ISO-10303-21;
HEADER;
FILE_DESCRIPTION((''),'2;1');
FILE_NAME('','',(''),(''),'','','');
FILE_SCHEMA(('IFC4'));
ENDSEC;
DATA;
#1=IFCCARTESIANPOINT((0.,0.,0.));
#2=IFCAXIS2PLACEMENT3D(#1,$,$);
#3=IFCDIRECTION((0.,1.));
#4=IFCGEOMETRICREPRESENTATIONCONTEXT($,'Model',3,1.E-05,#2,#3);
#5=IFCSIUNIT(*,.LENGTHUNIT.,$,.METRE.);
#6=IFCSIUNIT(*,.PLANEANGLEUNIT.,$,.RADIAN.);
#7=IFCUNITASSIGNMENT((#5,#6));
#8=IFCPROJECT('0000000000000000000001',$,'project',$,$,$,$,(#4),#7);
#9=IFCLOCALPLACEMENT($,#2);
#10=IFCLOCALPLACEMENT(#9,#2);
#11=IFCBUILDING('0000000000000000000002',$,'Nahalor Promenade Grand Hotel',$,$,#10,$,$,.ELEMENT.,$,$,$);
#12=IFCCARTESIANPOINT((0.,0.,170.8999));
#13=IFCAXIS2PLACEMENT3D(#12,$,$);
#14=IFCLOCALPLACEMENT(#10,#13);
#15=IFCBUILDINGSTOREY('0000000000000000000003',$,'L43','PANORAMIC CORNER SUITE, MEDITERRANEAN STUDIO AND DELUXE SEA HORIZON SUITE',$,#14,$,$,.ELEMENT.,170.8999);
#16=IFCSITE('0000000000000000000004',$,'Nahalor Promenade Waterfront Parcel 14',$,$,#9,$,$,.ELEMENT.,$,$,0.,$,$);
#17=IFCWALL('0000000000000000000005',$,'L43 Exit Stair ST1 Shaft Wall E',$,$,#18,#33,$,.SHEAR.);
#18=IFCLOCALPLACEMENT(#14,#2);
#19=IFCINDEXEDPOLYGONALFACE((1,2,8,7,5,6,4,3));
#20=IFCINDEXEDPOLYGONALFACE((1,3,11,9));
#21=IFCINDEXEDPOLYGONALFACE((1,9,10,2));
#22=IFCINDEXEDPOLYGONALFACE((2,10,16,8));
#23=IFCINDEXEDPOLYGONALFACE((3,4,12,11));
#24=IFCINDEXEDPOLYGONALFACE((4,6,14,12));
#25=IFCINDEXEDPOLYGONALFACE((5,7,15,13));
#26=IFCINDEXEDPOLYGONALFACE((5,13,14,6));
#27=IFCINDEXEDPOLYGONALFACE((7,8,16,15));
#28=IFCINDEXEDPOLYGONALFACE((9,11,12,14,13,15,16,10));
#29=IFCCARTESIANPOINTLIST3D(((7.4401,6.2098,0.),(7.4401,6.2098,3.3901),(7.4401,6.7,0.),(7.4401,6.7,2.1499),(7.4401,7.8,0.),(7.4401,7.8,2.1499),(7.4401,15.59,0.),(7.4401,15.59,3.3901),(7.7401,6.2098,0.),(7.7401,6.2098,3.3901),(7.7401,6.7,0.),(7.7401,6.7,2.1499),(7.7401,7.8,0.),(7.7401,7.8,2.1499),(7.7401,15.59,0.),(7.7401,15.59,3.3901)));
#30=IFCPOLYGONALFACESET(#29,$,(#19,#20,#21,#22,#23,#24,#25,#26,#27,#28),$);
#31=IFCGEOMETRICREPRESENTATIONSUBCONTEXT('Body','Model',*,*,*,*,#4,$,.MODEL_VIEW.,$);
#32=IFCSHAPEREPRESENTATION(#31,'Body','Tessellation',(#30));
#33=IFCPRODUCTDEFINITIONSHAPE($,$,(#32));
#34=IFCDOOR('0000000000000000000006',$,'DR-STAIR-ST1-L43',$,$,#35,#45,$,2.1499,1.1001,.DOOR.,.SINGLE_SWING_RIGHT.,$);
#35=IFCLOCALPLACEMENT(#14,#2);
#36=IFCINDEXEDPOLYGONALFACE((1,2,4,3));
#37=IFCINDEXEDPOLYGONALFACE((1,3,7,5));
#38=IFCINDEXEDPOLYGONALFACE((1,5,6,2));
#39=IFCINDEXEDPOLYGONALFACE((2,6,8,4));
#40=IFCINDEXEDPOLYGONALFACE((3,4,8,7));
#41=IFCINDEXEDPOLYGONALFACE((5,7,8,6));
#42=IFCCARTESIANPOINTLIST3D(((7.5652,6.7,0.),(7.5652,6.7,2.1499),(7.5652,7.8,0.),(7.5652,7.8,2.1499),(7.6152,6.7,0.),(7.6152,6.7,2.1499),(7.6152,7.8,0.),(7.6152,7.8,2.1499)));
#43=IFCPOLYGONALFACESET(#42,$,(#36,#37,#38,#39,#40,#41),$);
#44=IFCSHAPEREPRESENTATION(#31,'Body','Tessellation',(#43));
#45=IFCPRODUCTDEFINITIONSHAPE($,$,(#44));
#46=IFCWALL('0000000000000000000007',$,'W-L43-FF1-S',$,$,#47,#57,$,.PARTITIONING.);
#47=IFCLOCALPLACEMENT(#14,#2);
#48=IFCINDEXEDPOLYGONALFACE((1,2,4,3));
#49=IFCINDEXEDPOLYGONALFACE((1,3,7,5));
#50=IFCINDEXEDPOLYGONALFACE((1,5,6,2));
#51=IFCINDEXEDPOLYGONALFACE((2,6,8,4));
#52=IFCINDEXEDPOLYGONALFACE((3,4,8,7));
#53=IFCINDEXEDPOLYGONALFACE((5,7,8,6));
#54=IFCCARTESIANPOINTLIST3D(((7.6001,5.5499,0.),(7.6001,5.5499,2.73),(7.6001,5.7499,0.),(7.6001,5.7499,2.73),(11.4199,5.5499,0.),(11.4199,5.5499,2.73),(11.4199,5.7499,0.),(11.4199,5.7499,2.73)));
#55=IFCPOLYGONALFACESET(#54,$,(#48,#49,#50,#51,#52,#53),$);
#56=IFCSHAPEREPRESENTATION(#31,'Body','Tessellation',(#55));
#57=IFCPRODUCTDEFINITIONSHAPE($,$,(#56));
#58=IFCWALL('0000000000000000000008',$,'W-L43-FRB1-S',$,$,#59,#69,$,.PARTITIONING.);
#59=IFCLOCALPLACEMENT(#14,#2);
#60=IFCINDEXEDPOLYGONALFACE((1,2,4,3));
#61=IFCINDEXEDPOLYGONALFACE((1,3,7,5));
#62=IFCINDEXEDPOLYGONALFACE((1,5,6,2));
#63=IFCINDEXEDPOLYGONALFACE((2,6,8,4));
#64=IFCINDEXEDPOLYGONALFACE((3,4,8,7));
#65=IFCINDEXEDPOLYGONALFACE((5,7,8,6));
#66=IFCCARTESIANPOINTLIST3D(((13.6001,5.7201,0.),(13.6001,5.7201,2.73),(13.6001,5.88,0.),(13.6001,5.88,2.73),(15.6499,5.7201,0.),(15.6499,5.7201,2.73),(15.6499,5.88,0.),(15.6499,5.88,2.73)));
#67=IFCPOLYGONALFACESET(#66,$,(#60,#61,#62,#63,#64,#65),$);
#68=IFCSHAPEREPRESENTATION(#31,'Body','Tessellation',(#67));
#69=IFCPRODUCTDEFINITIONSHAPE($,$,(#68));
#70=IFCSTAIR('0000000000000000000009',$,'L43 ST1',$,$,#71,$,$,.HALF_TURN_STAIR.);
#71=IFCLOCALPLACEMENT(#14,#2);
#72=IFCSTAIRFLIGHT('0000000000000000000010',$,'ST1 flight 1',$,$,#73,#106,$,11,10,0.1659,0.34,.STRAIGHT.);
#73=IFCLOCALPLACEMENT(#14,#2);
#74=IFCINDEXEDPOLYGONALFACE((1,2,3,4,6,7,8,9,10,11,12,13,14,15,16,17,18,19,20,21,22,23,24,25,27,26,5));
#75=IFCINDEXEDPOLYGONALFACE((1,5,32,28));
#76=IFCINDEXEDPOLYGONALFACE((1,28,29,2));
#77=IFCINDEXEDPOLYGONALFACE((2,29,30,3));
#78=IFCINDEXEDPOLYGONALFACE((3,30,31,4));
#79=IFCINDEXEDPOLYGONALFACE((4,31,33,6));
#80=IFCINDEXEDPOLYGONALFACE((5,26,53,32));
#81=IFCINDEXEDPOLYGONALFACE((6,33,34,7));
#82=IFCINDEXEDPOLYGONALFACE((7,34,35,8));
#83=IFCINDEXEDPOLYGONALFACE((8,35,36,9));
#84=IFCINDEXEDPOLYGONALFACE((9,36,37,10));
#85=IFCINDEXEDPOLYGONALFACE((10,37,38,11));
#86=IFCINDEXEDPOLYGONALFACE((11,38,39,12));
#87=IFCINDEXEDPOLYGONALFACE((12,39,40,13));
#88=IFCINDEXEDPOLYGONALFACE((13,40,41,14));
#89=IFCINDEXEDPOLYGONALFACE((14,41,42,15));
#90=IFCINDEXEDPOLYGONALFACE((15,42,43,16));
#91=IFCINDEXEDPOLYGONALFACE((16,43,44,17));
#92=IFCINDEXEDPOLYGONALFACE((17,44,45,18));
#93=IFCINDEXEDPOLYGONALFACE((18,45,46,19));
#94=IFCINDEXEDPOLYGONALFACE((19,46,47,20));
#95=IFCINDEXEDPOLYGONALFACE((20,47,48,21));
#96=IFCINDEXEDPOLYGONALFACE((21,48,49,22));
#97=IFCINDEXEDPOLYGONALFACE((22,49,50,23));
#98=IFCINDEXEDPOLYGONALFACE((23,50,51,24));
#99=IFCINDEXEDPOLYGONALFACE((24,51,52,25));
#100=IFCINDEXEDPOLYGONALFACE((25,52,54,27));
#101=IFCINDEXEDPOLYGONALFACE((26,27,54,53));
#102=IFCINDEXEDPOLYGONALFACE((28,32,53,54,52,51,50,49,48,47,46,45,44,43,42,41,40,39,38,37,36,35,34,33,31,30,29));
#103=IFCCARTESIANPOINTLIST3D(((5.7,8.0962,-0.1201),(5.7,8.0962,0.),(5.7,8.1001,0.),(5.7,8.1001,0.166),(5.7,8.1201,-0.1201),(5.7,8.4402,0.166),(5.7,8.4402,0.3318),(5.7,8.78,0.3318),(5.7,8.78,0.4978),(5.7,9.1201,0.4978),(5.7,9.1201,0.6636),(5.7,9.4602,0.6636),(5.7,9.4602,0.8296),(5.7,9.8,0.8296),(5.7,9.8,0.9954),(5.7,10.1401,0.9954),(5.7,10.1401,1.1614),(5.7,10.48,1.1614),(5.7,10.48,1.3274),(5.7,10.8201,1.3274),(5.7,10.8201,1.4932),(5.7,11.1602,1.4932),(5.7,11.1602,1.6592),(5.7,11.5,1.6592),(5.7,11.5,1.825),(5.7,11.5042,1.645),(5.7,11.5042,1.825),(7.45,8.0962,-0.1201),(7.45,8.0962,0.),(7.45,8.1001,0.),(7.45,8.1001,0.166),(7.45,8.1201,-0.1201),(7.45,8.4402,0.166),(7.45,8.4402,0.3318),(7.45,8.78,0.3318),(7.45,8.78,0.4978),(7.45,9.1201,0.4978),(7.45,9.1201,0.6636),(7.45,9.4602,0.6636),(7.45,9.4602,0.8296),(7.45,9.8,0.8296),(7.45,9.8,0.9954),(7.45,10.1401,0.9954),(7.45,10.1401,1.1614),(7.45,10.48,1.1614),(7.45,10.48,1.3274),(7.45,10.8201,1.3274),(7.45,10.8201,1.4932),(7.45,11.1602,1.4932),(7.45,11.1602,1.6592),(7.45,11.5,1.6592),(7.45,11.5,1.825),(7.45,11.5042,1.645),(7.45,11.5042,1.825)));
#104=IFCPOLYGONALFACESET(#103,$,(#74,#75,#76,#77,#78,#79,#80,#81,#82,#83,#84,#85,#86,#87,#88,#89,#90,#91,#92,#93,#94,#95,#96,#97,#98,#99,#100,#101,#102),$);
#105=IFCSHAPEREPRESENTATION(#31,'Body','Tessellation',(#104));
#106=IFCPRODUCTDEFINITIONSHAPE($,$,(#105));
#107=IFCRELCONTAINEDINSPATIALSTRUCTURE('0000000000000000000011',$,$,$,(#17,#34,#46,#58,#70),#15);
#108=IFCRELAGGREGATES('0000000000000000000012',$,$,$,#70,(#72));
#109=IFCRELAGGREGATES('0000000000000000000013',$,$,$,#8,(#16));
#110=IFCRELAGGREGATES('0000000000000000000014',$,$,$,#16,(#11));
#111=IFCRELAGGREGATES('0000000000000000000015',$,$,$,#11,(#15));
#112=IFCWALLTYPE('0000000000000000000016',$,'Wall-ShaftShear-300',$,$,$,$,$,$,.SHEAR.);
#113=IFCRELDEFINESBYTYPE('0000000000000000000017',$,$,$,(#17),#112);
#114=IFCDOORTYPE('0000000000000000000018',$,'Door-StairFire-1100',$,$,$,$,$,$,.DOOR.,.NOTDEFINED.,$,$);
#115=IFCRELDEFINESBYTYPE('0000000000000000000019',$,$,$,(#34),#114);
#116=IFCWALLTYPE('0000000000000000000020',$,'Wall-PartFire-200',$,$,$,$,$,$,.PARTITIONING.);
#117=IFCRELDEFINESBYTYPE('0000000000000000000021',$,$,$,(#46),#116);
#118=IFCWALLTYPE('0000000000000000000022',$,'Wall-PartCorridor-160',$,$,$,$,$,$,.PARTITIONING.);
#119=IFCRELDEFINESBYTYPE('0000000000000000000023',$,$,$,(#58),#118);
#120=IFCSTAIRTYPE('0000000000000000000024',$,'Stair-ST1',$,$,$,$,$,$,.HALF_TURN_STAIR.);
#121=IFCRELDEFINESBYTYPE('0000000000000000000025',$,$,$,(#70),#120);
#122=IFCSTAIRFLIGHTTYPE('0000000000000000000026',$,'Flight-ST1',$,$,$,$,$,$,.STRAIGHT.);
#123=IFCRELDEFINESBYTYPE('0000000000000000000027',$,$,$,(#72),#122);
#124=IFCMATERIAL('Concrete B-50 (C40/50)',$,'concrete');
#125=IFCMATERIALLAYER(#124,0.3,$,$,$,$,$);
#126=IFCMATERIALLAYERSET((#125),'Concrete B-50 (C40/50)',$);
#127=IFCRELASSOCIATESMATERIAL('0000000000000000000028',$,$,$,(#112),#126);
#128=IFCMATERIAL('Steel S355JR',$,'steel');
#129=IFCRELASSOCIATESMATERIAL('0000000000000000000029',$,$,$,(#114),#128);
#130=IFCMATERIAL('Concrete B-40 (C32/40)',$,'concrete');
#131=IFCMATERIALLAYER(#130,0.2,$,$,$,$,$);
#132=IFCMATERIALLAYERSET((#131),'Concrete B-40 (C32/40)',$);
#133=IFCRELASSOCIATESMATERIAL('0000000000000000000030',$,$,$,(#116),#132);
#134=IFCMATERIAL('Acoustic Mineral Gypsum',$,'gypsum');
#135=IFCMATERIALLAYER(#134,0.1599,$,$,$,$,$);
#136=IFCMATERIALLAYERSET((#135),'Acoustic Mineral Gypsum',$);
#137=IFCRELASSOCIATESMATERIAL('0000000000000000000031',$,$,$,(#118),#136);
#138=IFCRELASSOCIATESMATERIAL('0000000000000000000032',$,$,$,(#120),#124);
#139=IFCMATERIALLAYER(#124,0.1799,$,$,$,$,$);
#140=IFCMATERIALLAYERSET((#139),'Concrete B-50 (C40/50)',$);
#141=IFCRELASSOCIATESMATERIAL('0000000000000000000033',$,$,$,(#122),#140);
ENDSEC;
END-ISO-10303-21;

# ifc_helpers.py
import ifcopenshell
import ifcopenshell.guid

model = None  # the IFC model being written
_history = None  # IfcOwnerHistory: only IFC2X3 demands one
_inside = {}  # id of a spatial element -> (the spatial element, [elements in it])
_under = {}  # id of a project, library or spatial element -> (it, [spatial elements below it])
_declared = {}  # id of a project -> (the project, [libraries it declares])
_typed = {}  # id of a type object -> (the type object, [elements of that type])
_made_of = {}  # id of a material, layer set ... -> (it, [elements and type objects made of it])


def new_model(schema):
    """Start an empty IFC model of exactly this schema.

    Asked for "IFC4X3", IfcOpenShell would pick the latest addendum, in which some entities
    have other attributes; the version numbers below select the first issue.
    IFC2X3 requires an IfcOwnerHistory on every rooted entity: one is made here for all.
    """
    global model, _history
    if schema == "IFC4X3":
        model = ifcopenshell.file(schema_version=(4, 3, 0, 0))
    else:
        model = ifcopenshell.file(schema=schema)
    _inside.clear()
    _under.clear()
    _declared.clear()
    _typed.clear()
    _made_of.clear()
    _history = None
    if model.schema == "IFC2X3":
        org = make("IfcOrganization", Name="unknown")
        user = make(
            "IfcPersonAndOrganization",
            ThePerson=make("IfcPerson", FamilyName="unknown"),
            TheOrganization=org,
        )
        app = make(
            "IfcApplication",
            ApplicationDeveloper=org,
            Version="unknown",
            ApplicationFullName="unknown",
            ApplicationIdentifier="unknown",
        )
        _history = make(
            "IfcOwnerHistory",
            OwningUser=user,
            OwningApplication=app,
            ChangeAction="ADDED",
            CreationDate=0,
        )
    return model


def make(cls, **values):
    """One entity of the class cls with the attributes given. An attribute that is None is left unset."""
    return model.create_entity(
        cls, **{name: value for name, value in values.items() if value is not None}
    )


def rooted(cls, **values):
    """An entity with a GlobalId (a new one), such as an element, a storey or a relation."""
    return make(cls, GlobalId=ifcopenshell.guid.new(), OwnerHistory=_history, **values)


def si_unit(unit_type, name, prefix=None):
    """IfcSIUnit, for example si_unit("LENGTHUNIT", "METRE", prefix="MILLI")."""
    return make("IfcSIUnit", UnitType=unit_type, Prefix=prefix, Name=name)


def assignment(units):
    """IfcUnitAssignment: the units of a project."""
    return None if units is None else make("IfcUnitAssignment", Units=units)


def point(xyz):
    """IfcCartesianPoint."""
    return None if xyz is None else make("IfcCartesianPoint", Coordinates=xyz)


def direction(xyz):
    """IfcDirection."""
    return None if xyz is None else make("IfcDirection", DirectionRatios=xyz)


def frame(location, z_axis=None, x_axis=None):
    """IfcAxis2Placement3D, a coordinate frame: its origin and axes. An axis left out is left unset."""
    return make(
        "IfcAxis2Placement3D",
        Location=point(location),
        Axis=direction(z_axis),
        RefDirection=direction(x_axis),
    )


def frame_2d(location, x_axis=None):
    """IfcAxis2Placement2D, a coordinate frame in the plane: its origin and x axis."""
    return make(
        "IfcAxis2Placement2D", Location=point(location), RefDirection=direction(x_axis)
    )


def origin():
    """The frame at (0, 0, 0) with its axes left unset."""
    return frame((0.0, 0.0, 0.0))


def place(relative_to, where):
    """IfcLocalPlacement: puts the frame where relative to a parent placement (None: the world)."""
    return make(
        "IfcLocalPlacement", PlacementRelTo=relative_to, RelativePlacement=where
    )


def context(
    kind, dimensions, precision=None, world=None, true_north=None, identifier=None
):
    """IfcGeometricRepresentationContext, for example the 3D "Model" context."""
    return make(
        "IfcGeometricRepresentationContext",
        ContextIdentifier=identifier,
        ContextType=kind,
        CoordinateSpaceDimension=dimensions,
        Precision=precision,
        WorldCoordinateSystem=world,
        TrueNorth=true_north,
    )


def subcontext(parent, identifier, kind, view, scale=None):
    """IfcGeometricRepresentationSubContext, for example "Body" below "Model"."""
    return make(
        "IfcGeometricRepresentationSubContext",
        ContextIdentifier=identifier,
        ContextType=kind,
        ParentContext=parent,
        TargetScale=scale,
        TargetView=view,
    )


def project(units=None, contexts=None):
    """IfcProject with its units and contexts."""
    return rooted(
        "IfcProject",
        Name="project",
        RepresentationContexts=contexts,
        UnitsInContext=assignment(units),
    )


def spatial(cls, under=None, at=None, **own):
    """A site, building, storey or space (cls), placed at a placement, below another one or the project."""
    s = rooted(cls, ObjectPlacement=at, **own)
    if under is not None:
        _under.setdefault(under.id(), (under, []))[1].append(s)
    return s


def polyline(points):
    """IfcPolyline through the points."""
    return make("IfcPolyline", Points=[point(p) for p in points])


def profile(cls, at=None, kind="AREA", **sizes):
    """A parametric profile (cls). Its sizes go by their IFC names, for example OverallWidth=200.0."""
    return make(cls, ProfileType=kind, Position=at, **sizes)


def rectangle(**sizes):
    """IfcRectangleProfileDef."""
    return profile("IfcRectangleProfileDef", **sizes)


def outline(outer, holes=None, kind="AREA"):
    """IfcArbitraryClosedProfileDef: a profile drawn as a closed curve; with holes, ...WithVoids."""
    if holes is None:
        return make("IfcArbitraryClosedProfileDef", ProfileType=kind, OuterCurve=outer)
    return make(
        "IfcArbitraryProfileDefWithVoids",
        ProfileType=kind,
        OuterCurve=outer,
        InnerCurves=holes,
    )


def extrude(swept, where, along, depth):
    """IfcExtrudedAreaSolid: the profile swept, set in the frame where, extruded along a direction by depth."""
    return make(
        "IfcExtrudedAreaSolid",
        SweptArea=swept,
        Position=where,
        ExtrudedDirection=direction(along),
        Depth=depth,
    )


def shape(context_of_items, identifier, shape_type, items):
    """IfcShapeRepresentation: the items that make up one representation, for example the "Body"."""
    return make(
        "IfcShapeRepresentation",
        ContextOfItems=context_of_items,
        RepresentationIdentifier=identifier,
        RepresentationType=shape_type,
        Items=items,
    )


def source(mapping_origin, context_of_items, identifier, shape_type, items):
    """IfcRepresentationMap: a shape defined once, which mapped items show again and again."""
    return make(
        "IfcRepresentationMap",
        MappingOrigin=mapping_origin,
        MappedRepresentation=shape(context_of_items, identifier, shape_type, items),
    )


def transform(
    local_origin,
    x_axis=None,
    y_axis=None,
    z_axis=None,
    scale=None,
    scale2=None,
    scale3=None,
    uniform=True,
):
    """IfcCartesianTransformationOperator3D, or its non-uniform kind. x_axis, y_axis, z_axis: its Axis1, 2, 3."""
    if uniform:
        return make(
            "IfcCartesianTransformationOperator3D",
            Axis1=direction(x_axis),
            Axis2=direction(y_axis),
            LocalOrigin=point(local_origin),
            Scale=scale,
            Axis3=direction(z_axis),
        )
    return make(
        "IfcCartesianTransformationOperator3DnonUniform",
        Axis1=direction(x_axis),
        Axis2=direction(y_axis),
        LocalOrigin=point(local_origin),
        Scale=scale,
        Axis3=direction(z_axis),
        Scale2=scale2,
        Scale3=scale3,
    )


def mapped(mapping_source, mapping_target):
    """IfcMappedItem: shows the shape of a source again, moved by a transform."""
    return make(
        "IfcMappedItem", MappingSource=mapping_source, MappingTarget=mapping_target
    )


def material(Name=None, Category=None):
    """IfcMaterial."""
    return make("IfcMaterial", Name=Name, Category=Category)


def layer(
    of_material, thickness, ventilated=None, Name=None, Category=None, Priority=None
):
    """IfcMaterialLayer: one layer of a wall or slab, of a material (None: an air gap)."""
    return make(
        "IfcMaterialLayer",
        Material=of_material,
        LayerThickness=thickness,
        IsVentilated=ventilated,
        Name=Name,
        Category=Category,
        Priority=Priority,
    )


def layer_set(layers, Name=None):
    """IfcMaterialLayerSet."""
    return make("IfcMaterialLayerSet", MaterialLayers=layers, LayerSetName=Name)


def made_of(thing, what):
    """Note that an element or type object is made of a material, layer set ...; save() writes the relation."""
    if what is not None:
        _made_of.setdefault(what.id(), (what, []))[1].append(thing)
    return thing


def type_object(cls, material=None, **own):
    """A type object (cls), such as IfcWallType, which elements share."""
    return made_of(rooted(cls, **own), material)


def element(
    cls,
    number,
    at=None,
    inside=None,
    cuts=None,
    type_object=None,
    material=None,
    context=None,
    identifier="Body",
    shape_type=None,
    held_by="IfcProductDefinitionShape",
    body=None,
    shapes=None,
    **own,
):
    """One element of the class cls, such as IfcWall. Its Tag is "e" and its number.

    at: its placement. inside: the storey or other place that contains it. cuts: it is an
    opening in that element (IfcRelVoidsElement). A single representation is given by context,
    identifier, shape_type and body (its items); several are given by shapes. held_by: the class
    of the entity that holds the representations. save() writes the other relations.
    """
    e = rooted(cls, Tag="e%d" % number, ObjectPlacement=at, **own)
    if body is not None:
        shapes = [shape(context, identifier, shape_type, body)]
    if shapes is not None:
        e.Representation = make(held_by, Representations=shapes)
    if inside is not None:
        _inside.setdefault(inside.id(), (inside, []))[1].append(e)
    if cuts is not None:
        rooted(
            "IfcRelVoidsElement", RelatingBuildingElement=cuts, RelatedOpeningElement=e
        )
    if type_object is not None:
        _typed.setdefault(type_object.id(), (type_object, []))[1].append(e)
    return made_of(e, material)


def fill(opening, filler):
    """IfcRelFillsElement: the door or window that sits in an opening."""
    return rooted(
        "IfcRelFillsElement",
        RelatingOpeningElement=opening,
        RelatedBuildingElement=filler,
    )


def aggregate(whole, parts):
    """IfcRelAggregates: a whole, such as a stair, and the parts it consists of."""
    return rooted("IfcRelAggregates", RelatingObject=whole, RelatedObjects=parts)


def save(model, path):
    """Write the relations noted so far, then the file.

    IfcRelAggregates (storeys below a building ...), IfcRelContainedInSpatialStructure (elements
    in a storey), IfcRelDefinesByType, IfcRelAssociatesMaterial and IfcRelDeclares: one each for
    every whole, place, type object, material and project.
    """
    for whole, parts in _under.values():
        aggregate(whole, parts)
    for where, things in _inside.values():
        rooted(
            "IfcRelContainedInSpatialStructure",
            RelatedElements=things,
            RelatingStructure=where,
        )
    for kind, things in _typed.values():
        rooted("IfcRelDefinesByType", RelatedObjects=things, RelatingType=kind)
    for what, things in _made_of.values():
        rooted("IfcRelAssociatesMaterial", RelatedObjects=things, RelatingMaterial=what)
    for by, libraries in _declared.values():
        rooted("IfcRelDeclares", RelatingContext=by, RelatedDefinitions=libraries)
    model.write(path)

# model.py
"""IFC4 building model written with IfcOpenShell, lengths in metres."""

from ifc_helpers import new_model, si_unit, direction, frame, frame_2d, origin, place, context, subcontext, project, spatial, polyline, rectangle, outline, extrude, source, transform, mapped, material, layer, layer_set, type_object, element, fill, aggregate, save


model = new_model("IFC4")

# Units and contexts
model_context = context("Model", 3, precision=1e-05, world=origin(), true_north=direction((0.0, 1.0)))
body_context = subcontext(model_context, "Body", "Model", "MODEL_VIEW")
ifc_project = project(units=[si_unit("LENGTHUNIT", "METRE"), si_unit("PLANEANGLEUNIT", "RADIAN")], contexts=[model_context])

# Site, building, storey
site_placement = place(None, origin())
site = spatial("IfcSite", under=ifc_project, at=site_placement, Name="Nahalor Promenade Waterfront Parcel 14", CompositionType="ELEMENT", RefElevation=0.0)
building_placement = place(site_placement, origin())
building = spatial("IfcBuilding", under=site, at=building_placement, Name="Nahalor Promenade Grand Hotel", CompositionType="ELEMENT")
storey_placement = place(building_placement, frame((0.0, 0.0, 170.8999)))
storey = spatial("IfcBuildingStorey", under=building, at=storey_placement, Name="L43", Description="PANORAMIC CORNER SUITE, MEDITERRANEAN STUDIO AND DELUXE SEA HORIZON SUITE", CompositionType="ELEMENT", Elevation=170.8999)

# Shared definitions
ifc_material_1 = material(Name="Steel S355JR", Category="steel")

# Shared definitions
ifc_material_2 = material(Name="Concrete B-50 (C40/50)", Category="concrete")
ifc_layer_1 = layer(ifc_material_2, 0.3)
ifc_layer_set_1 = layer_set([ifc_layer_1], Name="Concrete B-50 (C40/50)")
wall_type_1 = type_object("IfcWallType", Name="Wall-ShaftShear-300", PredefinedType="SHEAR", material=ifc_layer_set_1)
shared_shape_1 = source(origin(), body_context, "Body", "SweptSolid", [
    extrude(rectangle(XDim=9.3801, YDim=0.3, at=frame_2d((4.6899, 0.0))), origin(), (0.0, 0.0, 1.0), 3.3901),
])

# Wall, opening, door
wall_1_placement = place(storey_placement, frame((7.5901, 6.21, 0.0), z_axis=(0.0, 0.0, 1.0), x_axis=(0.0, 1.0, 0.0)))
wall_1 = element("IfcWall", 1, at=wall_1_placement, inside=storey, type_object=wall_type_1, Name="L43 Exit Stair ST1 Shaft Wall E", PredefinedType="SHEAR", context=body_context, shape_type="MappedRepresentation", body=[
    mapped(shared_shape_1, transform((0.0, 0.0, 0.0), scale=1.0)),
])
opening_1_placement = place(wall_1_placement, frame((0.49, 0.0, 0.0)))
opening_1 = element("IfcOpeningElement", 2, at=opening_1_placement, cuts=wall_1, PredefinedType="OPENING", context=body_context, shape_type="SweptSolid", body=[
    extrude(rectangle(XDim=1.1001, YDim=2.1499, at=frame_2d((0.55, 1.075))), frame((0.0, 0.1599, 0.0), z_axis=(0.0, -1.0, 0.0), x_axis=(1.0, 0.0, 0.0)), (0.0, 0.0, 1.0), 0.3201),
])
door_type_1 = type_object("IfcDoorType", Name="Door-StairFire-1100", OperationType="NOTDEFINED", PredefinedType="DOOR", material=ifc_material_1)
shared_shape_2 = source(origin(), body_context, "Body", "SweptSolid", [
    extrude(rectangle(XDim=1.1001, YDim=2.1499, at=frame_2d((0.55, 1.075))), frame((0.0, 0.0249, 0.0), z_axis=(0.0, -1.0, 0.0), x_axis=(1.0, 0.0, 0.0)), (0.0, 0.0, 1.0), 0.05),
])
door_1_placement = place(opening_1_placement, origin())
door_1 = element("IfcDoor", 3, at=door_1_placement, inside=storey, type_object=door_type_1, Name="DR-STAIR-ST1-L43", OperationType="SINGLE_SWING_RIGHT", OverallHeight=2.1499, OverallWidth=1.1001, PredefinedType="DOOR", context=body_context, shape_type="MappedRepresentation", body=[
    mapped(shared_shape_2, transform((0.0, 0.0, 0.0), scale=1.0)),
])
fill(opening_1, door_1)

# Wall
ifc_material_3 = material(Name="Concrete B-40 (C32/40)", Category="concrete")
ifc_layer_2 = layer(ifc_material_3, 0.2)
ifc_layer_set_2 = layer_set([ifc_layer_2], Name="Concrete B-40 (C32/40)")
wall_type_2 = type_object("IfcWallType", Name="Wall-PartFire-200", PredefinedType="PARTITIONING", material=ifc_layer_set_2)
shared_shape_3 = source(origin(), body_context, "Body", "SweptSolid", [
    extrude(rectangle(XDim=3.8198, YDim=0.2, at=frame_2d((1.9099, 0.0))), origin(), (0.0, 0.0, 1.0), 2.73),
])
wall_2_placement = place(storey_placement, frame((7.6001, 5.6499, 0.0), z_axis=(0.0, 0.0, 1.0), x_axis=(1.0, 0.0, 0.0)))
element("IfcWall", 4, at=wall_2_placement, inside=storey, type_object=wall_type_2, Name="W-L43-FF1-S", PredefinedType="PARTITIONING", context=body_context, shape_type="MappedRepresentation", body=[
    mapped(shared_shape_3, transform((0.0, 0.0, 0.0), scale=1.0)),
])

# Wall
ifc_material_4 = material(Name="Acoustic Mineral Gypsum", Category="gypsum")
ifc_layer_3 = layer(ifc_material_4, 0.1599)
ifc_layer_set_3 = layer_set([ifc_layer_3], Name="Acoustic Mineral Gypsum")
wall_type_3 = type_object("IfcWallType", Name="Wall-PartCorridor-160", PredefinedType="PARTITIONING", material=ifc_layer_set_3)
shared_shape_4 = source(origin(), body_context, "Body", "SweptSolid", [
    extrude(rectangle(XDim=2.0498, YDim=0.1599, at=frame_2d((1.0249, 0.0))), origin(), (0.0, 0.0, 1.0), 2.73),
])
wall_3_placement = place(storey_placement, frame((13.6001, 5.8, 0.0), z_axis=(0.0, 0.0, 1.0), x_axis=(1.0, 0.0, 0.0)))
element("IfcWall", 5, at=wall_3_placement, inside=storey, type_object=wall_type_3, Name="W-L43-FRB1-S", PredefinedType="PARTITIONING", context=body_context, shape_type="MappedRepresentation", body=[
    mapped(shared_shape_4, transform((0.0, 0.0, 0.0), scale=1.0)),
])

# Stair, stair flight
stair_type = type_object("IfcStairType", Name="Stair-ST1", PredefinedType="HALF_TURN_STAIR", material=ifc_material_2)
stair_placement = place(storey_placement, origin())
stair = element("IfcStair", 6, at=stair_placement, inside=storey, type_object=stair_type, Name="L43 ST1", PredefinedType="HALF_TURN_STAIR")
ifc_layer_4 = layer(ifc_material_2, 0.1799)
ifc_layer_set_4 = layer_set([ifc_layer_4], Name="Concrete B-50 (C40/50)")
stair_flight_type = type_object("IfcStairFlightType", Name="Flight-ST1", PredefinedType="STRAIGHT", material=ifc_layer_set_4)
shared_shape_5 = source(origin(), body_context, "Body", "SweptSolid", [
    extrude(outline(polyline([(-0.0039, -0.1201), (-0.0039, 0.0), (0.0, 0.0), (0.0, 0.166), (0.3401, 0.166), (0.3401, 0.3318), (0.6799, 0.3318), (0.6799, 0.4978), (1.02, 0.4978), (1.02, 0.6636), (1.3601, 0.6636), (1.3601, 0.8296), (1.7, 0.8296), (1.7, 0.9954), (2.04, 0.9954), (2.04, 1.1614), (2.3799, 1.1614), (2.3799, 1.3274), (2.72, 1.3274), (2.72, 1.4932), (3.0601, 1.4932), (3.0601, 1.6592), (3.3999, 1.6592), (3.3999, 1.825), (3.4041, 1.825), (3.4041, 1.645), (0.02, -0.1201), (-0.0039, -0.1201)])), frame((0.0, 0.875, 0.0), z_axis=(0.0, -1.0, 0.0), x_axis=(1.0, 0.0, 0.0)), (0.0, 0.0, 1.0), 1.75),
])
stair_flight_placement = place(storey_placement, frame((6.575, 8.1001, 0.0), z_axis=(0.0, 0.0, 1.0), x_axis=(0.0, 1.0, 0.0)))
stair_flight = element("IfcStairFlight", 7, at=stair_flight_placement, type_object=stair_flight_type, Name="ST1 flight 1", NumberOfRisers=11, NumberOfTreads=10, PredefinedType="STRAIGHT", RiserHeight=0.1659, TreadLength=0.34, context=body_context, shape_type="MappedRepresentation", body=[
    mapped(shared_shape_5, transform((0.0, 0.0, 0.0), scale=1.0)),
])
aggregate(stair, [stair_flight])

save(model, "model.ifc")
